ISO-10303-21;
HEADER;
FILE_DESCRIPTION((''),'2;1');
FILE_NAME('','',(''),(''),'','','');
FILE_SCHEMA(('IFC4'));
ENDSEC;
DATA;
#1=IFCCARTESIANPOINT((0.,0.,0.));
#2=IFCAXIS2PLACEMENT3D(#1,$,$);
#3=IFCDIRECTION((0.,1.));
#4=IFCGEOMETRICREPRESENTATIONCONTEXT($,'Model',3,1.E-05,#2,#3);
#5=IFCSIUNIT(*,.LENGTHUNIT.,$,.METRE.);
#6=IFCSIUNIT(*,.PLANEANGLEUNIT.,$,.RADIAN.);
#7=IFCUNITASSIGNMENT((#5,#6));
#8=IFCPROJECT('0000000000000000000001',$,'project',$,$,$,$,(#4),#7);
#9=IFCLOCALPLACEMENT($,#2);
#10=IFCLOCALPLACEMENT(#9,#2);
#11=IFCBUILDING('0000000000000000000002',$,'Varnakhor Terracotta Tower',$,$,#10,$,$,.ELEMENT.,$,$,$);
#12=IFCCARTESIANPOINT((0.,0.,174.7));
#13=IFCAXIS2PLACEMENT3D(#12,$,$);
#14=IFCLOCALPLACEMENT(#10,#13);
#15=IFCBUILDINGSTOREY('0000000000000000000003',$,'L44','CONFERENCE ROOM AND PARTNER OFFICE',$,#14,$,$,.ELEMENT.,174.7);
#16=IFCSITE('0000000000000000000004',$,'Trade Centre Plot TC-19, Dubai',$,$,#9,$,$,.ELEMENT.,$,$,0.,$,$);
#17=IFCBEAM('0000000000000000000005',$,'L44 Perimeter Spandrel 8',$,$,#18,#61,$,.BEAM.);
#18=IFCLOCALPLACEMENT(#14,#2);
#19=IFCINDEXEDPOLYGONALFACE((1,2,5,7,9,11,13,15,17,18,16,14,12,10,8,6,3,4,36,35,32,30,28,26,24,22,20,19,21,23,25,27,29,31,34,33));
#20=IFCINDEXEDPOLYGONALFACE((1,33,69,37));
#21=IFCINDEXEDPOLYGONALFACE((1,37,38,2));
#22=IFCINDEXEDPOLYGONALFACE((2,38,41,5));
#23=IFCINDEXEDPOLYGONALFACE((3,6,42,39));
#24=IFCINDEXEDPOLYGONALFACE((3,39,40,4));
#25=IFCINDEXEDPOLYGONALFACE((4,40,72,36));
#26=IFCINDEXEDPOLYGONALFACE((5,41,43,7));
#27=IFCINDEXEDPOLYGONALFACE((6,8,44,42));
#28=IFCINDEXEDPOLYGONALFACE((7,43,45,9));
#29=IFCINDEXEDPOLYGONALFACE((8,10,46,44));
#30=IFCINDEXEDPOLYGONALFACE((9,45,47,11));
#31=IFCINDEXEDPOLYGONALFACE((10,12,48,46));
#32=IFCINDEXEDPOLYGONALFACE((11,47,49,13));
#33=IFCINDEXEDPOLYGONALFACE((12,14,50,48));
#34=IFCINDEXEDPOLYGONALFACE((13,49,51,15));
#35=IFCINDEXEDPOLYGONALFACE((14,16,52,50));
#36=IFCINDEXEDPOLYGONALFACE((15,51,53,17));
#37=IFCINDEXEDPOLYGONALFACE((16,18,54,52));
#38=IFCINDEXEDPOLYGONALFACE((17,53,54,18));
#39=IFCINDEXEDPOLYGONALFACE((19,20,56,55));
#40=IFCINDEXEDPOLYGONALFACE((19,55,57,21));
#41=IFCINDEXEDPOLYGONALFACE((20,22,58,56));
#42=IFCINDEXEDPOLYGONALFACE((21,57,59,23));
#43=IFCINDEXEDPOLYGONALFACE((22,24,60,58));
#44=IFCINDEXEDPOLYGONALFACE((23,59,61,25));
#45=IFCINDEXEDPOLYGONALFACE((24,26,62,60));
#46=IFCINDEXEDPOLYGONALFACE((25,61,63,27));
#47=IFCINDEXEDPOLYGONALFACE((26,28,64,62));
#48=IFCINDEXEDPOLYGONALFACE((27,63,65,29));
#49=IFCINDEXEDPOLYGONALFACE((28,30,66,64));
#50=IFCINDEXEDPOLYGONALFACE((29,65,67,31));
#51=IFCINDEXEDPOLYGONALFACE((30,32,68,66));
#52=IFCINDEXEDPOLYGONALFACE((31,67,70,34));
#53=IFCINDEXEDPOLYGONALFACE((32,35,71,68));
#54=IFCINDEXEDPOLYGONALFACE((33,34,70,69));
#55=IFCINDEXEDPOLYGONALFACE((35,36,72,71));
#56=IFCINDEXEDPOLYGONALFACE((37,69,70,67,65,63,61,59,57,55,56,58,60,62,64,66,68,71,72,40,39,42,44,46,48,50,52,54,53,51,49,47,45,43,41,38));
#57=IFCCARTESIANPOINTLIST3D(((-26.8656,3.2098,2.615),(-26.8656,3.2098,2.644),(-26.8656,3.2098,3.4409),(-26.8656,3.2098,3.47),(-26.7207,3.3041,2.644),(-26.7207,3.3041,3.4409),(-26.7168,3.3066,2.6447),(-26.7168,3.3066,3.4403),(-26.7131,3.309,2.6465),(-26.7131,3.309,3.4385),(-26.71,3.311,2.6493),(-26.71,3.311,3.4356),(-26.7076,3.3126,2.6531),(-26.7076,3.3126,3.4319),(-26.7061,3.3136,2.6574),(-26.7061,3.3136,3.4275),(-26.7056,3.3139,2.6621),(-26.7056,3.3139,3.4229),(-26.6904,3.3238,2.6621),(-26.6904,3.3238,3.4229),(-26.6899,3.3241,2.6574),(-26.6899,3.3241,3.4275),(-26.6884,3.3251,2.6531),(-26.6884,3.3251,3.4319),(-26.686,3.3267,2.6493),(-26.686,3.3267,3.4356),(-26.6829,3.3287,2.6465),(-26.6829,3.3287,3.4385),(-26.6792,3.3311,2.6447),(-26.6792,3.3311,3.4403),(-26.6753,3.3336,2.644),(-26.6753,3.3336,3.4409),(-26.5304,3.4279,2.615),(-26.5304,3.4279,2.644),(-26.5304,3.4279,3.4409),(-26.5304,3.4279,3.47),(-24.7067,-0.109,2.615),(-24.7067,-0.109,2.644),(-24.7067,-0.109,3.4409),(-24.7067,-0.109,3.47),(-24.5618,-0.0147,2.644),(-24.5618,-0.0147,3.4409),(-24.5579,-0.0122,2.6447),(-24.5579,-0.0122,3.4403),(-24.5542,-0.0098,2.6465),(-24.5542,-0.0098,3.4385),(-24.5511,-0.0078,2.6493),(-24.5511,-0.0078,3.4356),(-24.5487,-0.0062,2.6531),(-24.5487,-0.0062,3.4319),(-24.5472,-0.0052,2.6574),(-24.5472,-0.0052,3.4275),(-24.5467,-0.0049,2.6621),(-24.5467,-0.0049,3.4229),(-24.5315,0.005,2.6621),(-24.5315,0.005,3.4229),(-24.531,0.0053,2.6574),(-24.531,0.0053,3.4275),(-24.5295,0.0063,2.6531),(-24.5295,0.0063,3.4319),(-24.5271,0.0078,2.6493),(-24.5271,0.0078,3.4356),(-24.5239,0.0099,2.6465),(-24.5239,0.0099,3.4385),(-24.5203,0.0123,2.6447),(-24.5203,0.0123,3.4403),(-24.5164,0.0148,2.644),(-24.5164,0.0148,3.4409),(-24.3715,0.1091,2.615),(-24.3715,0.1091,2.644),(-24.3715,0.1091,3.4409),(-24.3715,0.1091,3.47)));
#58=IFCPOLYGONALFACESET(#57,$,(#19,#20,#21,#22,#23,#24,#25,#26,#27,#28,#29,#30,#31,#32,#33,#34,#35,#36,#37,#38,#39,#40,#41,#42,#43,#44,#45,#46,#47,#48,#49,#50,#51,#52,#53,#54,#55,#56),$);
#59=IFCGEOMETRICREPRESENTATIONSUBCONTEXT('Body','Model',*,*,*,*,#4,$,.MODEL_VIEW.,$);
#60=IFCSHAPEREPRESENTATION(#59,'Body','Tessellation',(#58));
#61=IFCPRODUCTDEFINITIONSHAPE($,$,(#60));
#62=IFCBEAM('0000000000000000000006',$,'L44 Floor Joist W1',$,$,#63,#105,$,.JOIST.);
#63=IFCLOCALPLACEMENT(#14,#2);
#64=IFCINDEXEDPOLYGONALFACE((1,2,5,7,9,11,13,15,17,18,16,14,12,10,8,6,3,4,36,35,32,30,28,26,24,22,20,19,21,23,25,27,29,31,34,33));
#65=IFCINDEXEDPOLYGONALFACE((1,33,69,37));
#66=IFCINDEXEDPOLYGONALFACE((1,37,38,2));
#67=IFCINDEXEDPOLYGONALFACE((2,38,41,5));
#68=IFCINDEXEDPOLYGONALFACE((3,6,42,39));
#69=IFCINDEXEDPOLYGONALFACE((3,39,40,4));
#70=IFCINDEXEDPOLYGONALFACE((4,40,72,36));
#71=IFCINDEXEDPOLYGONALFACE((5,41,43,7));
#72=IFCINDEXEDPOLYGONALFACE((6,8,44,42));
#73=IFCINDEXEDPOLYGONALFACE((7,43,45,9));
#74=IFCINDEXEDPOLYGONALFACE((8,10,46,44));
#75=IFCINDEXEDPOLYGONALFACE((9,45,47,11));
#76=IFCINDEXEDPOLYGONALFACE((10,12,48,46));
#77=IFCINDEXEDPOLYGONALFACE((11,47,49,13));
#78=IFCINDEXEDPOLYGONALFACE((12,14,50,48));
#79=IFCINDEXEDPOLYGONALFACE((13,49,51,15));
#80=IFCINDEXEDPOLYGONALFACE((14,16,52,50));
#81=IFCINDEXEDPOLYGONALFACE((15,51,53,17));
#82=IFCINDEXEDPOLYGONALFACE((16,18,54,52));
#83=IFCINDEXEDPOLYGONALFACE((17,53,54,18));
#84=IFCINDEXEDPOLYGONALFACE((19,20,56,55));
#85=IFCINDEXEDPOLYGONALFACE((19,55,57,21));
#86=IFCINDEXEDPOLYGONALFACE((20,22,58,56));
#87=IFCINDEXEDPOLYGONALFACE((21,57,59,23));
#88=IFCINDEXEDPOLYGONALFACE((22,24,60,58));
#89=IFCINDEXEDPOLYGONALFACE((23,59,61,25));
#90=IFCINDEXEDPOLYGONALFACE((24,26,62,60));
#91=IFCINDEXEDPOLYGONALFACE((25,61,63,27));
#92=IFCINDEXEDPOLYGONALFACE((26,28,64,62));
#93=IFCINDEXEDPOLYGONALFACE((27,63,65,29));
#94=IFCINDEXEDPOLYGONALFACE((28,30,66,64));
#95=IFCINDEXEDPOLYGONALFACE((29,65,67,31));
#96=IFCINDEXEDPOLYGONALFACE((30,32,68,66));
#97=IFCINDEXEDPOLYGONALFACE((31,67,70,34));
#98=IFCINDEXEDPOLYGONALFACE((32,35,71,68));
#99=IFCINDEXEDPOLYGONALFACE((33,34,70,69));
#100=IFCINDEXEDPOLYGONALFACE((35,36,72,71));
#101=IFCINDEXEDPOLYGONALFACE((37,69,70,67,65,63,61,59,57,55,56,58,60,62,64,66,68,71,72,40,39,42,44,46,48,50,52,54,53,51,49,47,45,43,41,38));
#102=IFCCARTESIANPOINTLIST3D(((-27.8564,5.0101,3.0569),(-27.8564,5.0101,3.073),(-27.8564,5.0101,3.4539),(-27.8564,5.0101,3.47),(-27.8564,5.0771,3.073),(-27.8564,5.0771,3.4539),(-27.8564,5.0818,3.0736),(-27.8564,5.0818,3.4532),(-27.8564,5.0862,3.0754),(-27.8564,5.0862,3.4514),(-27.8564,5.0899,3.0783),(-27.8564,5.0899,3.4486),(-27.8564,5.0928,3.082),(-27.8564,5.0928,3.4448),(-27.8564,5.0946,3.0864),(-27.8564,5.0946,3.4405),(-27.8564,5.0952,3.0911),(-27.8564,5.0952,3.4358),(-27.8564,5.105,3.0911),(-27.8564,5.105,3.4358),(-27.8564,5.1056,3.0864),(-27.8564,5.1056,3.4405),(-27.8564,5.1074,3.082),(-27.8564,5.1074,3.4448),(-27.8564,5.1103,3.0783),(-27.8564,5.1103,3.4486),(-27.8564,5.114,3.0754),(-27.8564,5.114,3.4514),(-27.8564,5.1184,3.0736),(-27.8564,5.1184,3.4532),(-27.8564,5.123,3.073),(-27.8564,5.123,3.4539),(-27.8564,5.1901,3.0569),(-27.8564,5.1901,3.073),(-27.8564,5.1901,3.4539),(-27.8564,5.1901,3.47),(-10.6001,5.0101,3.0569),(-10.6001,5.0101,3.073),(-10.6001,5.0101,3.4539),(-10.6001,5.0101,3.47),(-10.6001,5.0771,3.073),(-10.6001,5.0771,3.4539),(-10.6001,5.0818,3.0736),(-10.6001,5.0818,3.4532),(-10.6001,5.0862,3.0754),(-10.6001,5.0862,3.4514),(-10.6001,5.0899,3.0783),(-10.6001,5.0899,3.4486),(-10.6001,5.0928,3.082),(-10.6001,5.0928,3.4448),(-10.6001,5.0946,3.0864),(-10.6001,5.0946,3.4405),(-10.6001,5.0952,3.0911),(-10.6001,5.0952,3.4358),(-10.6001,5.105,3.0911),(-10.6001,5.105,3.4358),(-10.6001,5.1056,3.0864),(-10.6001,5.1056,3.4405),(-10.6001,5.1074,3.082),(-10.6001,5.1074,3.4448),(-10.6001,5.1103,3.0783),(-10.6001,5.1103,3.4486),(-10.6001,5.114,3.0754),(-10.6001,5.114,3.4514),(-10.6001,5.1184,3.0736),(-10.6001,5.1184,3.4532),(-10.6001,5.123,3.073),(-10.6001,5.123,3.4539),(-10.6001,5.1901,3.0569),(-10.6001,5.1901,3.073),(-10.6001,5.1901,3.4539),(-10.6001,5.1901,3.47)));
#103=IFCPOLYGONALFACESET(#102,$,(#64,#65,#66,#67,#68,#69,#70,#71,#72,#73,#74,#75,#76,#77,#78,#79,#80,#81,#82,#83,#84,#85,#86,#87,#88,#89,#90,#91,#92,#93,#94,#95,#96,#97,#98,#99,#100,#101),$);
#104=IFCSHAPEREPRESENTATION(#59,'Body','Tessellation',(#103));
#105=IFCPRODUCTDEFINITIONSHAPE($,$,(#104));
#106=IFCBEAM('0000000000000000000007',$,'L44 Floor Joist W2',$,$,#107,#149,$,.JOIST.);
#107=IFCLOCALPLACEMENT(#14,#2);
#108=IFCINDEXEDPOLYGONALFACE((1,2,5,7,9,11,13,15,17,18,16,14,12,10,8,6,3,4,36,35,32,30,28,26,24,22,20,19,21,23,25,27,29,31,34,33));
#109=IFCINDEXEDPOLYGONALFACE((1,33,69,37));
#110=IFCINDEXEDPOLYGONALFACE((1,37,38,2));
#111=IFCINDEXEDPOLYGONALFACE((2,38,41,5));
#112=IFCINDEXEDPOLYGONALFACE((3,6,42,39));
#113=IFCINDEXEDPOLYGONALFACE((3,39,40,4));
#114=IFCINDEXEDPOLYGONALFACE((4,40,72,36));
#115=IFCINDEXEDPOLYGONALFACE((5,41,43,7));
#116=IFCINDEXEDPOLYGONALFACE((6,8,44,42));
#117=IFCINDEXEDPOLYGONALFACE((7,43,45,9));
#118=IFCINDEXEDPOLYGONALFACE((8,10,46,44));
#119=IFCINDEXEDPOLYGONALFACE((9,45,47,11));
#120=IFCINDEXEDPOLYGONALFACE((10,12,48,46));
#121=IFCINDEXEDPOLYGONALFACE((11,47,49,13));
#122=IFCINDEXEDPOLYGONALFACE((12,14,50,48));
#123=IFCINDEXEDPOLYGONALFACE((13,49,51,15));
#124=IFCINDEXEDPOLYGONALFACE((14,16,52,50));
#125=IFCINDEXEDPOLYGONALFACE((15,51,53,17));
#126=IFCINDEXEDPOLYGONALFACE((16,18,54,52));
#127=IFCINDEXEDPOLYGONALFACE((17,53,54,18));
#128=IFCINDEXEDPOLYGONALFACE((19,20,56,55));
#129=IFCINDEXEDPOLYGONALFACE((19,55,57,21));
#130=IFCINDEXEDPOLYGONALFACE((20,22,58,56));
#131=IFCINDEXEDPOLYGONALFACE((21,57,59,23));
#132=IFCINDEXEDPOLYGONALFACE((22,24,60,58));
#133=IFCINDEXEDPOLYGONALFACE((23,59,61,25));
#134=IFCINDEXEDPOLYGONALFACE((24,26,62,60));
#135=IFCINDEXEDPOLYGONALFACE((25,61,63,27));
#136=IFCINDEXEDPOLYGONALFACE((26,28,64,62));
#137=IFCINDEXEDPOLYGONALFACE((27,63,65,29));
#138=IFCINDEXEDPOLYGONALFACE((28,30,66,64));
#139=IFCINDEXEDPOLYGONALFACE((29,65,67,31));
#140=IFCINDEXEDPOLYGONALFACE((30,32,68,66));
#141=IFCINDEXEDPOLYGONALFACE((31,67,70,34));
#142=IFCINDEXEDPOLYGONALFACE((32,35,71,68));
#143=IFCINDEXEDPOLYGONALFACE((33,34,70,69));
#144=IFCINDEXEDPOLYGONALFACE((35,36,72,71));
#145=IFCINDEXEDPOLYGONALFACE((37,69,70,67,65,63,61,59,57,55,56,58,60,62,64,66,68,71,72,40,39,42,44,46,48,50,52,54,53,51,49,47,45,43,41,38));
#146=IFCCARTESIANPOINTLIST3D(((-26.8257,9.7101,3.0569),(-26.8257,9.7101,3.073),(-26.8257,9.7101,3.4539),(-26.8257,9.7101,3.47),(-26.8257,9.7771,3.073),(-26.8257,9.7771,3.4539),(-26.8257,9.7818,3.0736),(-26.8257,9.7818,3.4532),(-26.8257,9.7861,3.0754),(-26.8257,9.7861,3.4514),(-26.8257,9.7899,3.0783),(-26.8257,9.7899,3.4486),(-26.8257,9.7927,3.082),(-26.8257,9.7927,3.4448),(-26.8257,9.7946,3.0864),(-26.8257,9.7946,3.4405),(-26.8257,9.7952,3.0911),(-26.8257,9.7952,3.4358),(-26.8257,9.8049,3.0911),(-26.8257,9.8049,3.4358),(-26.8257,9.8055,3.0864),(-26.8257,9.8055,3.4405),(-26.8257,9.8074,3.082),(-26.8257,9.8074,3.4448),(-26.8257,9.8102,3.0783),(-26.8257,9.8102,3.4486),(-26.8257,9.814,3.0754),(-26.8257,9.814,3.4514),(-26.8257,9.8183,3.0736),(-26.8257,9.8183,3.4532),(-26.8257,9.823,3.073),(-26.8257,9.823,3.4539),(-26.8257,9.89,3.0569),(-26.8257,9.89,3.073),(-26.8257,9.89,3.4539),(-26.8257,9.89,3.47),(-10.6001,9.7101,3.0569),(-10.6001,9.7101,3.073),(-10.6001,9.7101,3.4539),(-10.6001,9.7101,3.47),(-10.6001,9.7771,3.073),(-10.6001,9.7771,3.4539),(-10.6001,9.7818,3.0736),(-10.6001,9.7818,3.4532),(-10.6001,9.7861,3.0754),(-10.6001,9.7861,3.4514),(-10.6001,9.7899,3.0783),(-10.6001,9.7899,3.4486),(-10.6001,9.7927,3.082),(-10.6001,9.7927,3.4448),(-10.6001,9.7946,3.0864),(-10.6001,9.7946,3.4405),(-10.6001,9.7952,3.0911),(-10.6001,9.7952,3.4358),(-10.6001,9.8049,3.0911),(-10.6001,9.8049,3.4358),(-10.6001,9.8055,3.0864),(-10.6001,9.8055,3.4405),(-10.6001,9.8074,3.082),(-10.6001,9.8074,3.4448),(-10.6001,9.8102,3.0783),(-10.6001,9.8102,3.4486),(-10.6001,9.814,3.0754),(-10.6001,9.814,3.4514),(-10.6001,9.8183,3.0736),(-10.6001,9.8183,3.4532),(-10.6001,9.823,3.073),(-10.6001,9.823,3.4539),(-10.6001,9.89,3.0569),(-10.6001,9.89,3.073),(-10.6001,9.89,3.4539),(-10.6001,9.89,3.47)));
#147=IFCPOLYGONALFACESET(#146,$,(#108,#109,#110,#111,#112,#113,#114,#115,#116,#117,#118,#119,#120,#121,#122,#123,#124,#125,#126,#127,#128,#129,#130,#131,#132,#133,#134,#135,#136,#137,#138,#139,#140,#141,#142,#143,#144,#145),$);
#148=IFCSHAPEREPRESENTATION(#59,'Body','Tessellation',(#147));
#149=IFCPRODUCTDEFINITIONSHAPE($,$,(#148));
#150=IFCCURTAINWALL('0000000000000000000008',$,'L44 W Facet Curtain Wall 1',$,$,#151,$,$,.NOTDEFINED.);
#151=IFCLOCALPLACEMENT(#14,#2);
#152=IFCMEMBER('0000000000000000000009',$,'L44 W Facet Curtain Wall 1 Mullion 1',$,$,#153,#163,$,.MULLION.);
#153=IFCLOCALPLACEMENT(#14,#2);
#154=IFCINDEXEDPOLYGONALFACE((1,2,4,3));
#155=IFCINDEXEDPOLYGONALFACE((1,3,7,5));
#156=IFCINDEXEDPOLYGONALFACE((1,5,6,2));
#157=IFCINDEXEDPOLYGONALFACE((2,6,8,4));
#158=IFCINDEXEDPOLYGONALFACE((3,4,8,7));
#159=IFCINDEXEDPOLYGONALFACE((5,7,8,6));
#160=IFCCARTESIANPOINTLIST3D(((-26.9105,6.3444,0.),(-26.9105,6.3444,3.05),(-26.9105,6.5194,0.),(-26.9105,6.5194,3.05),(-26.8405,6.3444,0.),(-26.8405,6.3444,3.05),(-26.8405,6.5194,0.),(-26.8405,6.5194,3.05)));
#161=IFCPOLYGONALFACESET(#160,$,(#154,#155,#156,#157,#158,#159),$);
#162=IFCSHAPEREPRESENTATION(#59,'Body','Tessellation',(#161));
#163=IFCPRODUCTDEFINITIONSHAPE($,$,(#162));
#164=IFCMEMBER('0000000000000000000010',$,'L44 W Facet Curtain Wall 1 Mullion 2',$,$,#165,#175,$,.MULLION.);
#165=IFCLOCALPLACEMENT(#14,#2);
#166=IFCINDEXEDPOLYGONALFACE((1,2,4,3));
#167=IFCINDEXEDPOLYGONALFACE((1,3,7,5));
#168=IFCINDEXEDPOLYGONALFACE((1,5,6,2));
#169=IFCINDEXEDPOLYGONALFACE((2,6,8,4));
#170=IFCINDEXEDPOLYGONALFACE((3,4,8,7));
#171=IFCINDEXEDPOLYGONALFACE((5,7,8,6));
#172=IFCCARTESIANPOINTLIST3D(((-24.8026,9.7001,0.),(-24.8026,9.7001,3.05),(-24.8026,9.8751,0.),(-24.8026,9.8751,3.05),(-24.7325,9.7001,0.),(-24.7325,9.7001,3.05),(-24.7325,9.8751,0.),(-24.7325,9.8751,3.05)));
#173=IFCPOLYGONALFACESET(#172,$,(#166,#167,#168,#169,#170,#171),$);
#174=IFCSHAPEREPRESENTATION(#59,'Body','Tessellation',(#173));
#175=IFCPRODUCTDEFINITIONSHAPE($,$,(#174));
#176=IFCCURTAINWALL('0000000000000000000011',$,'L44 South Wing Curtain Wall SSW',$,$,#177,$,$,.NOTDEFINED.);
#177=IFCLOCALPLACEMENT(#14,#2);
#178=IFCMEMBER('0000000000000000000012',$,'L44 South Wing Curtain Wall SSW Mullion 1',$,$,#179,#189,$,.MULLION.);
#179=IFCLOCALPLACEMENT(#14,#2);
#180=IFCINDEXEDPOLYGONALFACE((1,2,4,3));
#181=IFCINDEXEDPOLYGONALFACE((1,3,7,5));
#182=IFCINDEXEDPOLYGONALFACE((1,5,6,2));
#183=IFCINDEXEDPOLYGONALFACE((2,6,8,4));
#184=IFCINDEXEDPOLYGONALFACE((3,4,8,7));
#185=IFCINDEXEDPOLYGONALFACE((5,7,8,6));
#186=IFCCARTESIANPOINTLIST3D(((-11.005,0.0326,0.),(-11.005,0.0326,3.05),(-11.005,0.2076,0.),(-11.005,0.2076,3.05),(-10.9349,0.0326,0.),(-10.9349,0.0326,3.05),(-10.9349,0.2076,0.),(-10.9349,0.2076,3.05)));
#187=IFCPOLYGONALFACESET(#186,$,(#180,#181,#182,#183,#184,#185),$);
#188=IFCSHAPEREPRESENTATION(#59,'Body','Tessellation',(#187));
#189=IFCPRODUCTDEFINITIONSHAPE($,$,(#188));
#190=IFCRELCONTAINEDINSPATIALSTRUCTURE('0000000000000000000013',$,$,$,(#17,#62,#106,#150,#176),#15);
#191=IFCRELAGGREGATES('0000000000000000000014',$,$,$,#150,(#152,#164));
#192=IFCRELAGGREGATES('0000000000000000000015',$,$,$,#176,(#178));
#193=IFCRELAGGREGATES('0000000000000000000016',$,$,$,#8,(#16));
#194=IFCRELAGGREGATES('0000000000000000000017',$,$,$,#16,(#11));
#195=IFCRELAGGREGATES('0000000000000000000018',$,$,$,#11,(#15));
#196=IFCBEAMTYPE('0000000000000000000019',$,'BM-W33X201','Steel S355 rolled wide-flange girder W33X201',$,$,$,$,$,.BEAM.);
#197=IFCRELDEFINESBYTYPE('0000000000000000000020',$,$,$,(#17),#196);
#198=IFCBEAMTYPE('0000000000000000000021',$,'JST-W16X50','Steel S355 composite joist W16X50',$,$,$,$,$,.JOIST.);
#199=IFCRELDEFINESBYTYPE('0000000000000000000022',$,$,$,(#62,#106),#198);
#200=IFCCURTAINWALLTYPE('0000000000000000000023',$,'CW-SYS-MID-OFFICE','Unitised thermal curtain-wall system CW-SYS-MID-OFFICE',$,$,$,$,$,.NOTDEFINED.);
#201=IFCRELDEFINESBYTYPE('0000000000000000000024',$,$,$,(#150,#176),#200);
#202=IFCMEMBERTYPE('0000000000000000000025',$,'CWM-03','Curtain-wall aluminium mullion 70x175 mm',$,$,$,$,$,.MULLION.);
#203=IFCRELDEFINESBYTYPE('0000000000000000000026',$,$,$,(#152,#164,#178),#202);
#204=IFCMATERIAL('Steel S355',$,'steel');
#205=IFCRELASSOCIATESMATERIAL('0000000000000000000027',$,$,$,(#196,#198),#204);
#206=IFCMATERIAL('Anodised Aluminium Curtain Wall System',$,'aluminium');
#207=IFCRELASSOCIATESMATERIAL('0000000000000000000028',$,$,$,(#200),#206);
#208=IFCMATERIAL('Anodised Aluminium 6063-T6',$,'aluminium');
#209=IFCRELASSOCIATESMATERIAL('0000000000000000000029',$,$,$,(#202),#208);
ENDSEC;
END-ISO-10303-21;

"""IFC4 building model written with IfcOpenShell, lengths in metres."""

from ifc_helpers import new_model, si_unit, direction, frame, origin, origin_2d, place, context, subcontext, project, spatial, rectangle, i_section, extrude, source, transform, mapped, material, material_profile, profile_set, type_object, element, aggregate, save


model = new_model("IFC4")

# Units and contexts
model_context = context("Model", 3, precision=1e-05, world=origin(), true_north=direction((0.0, 1.0)))
body_context = subcontext(model_context, "Body", "Model", "MODEL_VIEW")
ifc_project = project(units=[si_unit("LENGTHUNIT", "METRE"), si_unit("PLANEANGLEUNIT", "RADIAN")], contexts=[model_context])

# Site, building, storey
site_placement = place(None, origin())
site = spatial("IfcSite", under=ifc_project, at=site_placement, Name="Trade Centre Plot TC-19, Dubai", CompositionType="ELEMENT", RefElevation=0.0)
building_placement = place(site_placement, origin())
building = spatial("IfcBuilding", under=site, at=building_placement, Name="Varnakhor Terracotta Tower", CompositionType="ELEMENT")
storey_placement = place(building_placement, frame((0.0, 0.0, 174.7)))
storey = spatial("IfcBuildingStorey", under=building, at=storey_placement, Name="L44", Description="CONFERENCE ROOM AND PARTNER OFFICE", CompositionType="ELEMENT", Elevation=174.7)

# Beams
ifc_material_1 = material(Name="Steel S355", Category="steel")
ifc_material_profile_1 = material_profile(ifc_material_1, i_section(OverallWidth=0.3999, OverallDepth=0.855, WebThickness=0.0181, FlangeThickness=0.0291, FilletRadius=0.0181, at=origin_2d()), Name="W33X201")
ifc_profile_set_1 = profile_set([ifc_material_profile_1], Name="Steel S355")
beam_type_1 = type_object("IfcBeamType", Name="BM-W33X201", Description="Steel S355 rolled wide-flange girder W33X201", PredefinedType="BEAM", material=ifc_profile_set_1)
shared_shape_1 = source(origin(), body_context, "Body", "SweptSolid", [
    extrude(i_section(OverallWidth=0.3999, OverallDepth=0.855, WebThickness=0.0181, FlangeThickness=0.0291, FilletRadius=0.0181, at=origin_2d()), origin(), (0.0, 0.0, 1.0), 3.9592),
])
for number, where, z_axis, x_axis, name in (
    (1, (-26.698, 3.3188, 3.0425), (0.545287, -0.838249, 0.0), (0.838249, 0.545287, 0.0), "L44 Perimeter Spandrel 8"),
):
    element("IfcBeam", number, at=place(storey_placement, frame(where, z_axis=z_axis, x_axis=x_axis)), inside=storey, type_object=beam_type_1, Name=name, PredefinedType="BEAM", context=body_context, shape_type="MappedRepresentation", body=[
        mapped(shared_shape_1, transform((0.0, 0.0, 0.0), scale=1.0)),
    ])
ifc_material_profile_2 = material_profile(ifc_material_1, i_section(OverallWidth=0.1799, OverallDepth=0.4131, WebThickness=0.0098, FlangeThickness=0.0161, FilletRadius=0.0181, at=origin_2d()), Name="W16X50")
ifc_profile_set_2 = profile_set([ifc_material_profile_2], Name="Steel S355")
beam_type_2 = type_object("IfcBeamType", Name="JST-W16X50", Description="Steel S355 composite joist W16X50", PredefinedType="JOIST", material=ifc_profile_set_2)
shared_shape_2 = source(origin(), body_context, "Body", "SweptSolid", [
    extrude(i_section(OverallWidth=0.1799, OverallDepth=0.4131, WebThickness=0.0098, FlangeThickness=0.0161, FilletRadius=0.0181, at=origin_2d()), origin(), (0.0, 0.0, 1.0), 17.2563),
])
beam_1_placement = place(storey_placement, frame((-27.8564, 5.1001, 3.2634), z_axis=(1.0, 0.0, 0.0), x_axis=(0.0, 1.0, 0.0)))
element("IfcBeam", 2, at=beam_1_placement, inside=storey, type_object=beam_type_2, Name="L44 Floor Joist W1", PredefinedType="JOIST", context=body_context, shape_type="MappedRepresentation", body=[
    mapped(shared_shape_2, transform((0.0, 0.0, 0.0), scale=1.0)),
])
shared_shape_3 = source(origin(), body_context, "Body", "SweptSolid", [
    extrude(i_section(OverallWidth=0.1799, OverallDepth=0.4131, WebThickness=0.0098, FlangeThickness=0.0161, FilletRadius=0.0181, at=origin_2d()), origin(), (0.0, 0.0, 1.0), 16.2256),
])
beam_2_placement = place(storey_placement, frame((-26.8257, 9.8, 3.2634), z_axis=(1.0, 0.0, 0.0), x_axis=(0.0, 1.0, 0.0)))
element("IfcBeam", 3, at=beam_2_placement, inside=storey, type_object=beam_type_2, Name="L44 Floor Joist W2", PredefinedType="JOIST", context=body_context, shape_type="MappedRepresentation", body=[
    mapped(shared_shape_3, transform((0.0, 0.0, 0.0), scale=1.0)),
])

# Curtain walls, members
ifc_material_2 = material(Name="Anodised Aluminium Curtain Wall System", Category="aluminium")
curtain_wall_type = type_object("IfcCurtainWallType", Name="CW-SYS-MID-OFFICE", Description="Unitised thermal curtain-wall system CW-SYS-MID-OFFICE", PredefinedType="NOTDEFINED", material=ifc_material_2)
curtain_wall_1_placement = place(storey_placement, origin())
curtain_wall_1 = element("IfcCurtainWall", 4, at=curtain_wall_1_placement, inside=storey, type_object=curtain_wall_type, Name="L44 W Facet Curtain Wall 1", PredefinedType="NOTDEFINED")
ifc_material_3 = material(Name="Anodised Aluminium 6063-T6", Category="aluminium")
ifc_material_profile_3 = material_profile(ifc_material_3, rectangle(XDim=0.0701, YDim=0.175, at=origin_2d()), Name="ALU MULLION 70x175")
ifc_profile_set_3 = profile_set([ifc_material_profile_3], Name="Anodised Aluminium 6063-T6")
member_type_1 = type_object("IfcMemberType", Name="CWM-03", Description="Curtain-wall aluminium mullion 70x175 mm", PredefinedType="MULLION", material=ifc_profile_set_3)
shared_shape_4 = source(origin(), body_context, "Body", "SweptSolid", [
    extrude(rectangle(XDim=0.0701, YDim=0.175, at=origin_2d()), origin(), (0.0, 0.0, 1.0), 3.05),
])
member_1_placement = place(storey_placement, frame((-26.8755, 6.4319, 0.0), z_axis=(0.0, 0.0, 1.0), x_axis=(1.0, 0.0, 0.0)))
member_1 = element("IfcMember", 5, at=member_1_placement, type_object=member_type_1, Name="L44 W Facet Curtain Wall 1 Mullion 1", PredefinedType="MULLION", context=body_context, shape_type="MappedRepresentation", body=[
    mapped(shared_shape_4, transform((0.0, 0.0, 0.0), scale=1.0)),
])
member_2_placement = place(storey_placement, frame((-24.7676, 9.7876, 0.0), z_axis=(0.0, 0.0, 1.0), x_axis=(1.0, 0.0, 0.0)))
member_2 = element("IfcMember", 6, at=member_2_placement, type_object=member_type_1, Name="L44 W Facet Curtain Wall 1 Mullion 2", PredefinedType="MULLION", context=body_context, shape_type="MappedRepresentation", body=[
    mapped(shared_shape_4, transform((0.0, 0.0, 0.0), scale=1.0)),
])
curtain_wall_2_placement = place(storey_placement, origin())
curtain_wall_2 = element("IfcCurtainWall", 7, at=curtain_wall_2_placement, inside=storey, type_object=curtain_wall_type, Name="L44 South Wing Curtain Wall SSW", PredefinedType="NOTDEFINED")
member_3_placement = place(storey_placement, frame((-10.97, 0.1201, 0.0), z_axis=(0.0, 0.0, 1.0), x_axis=(1.0, 0.0, 0.0)))
member_3 = element("IfcMember", 8, at=member_3_placement, type_object=member_type_1, Name="L44 South Wing Curtain Wall SSW Mullion 1", PredefinedType="MULLION", context=body_context, shape_type="MappedRepresentation", body=[
    mapped(shared_shape_4, transform((0.0, 0.0, 0.0), scale=1.0)),
])

aggregate(curtain_wall_1, [member_1, member_2])
aggregate(curtain_wall_2, [member_3])

save(model, "model.ifc")
